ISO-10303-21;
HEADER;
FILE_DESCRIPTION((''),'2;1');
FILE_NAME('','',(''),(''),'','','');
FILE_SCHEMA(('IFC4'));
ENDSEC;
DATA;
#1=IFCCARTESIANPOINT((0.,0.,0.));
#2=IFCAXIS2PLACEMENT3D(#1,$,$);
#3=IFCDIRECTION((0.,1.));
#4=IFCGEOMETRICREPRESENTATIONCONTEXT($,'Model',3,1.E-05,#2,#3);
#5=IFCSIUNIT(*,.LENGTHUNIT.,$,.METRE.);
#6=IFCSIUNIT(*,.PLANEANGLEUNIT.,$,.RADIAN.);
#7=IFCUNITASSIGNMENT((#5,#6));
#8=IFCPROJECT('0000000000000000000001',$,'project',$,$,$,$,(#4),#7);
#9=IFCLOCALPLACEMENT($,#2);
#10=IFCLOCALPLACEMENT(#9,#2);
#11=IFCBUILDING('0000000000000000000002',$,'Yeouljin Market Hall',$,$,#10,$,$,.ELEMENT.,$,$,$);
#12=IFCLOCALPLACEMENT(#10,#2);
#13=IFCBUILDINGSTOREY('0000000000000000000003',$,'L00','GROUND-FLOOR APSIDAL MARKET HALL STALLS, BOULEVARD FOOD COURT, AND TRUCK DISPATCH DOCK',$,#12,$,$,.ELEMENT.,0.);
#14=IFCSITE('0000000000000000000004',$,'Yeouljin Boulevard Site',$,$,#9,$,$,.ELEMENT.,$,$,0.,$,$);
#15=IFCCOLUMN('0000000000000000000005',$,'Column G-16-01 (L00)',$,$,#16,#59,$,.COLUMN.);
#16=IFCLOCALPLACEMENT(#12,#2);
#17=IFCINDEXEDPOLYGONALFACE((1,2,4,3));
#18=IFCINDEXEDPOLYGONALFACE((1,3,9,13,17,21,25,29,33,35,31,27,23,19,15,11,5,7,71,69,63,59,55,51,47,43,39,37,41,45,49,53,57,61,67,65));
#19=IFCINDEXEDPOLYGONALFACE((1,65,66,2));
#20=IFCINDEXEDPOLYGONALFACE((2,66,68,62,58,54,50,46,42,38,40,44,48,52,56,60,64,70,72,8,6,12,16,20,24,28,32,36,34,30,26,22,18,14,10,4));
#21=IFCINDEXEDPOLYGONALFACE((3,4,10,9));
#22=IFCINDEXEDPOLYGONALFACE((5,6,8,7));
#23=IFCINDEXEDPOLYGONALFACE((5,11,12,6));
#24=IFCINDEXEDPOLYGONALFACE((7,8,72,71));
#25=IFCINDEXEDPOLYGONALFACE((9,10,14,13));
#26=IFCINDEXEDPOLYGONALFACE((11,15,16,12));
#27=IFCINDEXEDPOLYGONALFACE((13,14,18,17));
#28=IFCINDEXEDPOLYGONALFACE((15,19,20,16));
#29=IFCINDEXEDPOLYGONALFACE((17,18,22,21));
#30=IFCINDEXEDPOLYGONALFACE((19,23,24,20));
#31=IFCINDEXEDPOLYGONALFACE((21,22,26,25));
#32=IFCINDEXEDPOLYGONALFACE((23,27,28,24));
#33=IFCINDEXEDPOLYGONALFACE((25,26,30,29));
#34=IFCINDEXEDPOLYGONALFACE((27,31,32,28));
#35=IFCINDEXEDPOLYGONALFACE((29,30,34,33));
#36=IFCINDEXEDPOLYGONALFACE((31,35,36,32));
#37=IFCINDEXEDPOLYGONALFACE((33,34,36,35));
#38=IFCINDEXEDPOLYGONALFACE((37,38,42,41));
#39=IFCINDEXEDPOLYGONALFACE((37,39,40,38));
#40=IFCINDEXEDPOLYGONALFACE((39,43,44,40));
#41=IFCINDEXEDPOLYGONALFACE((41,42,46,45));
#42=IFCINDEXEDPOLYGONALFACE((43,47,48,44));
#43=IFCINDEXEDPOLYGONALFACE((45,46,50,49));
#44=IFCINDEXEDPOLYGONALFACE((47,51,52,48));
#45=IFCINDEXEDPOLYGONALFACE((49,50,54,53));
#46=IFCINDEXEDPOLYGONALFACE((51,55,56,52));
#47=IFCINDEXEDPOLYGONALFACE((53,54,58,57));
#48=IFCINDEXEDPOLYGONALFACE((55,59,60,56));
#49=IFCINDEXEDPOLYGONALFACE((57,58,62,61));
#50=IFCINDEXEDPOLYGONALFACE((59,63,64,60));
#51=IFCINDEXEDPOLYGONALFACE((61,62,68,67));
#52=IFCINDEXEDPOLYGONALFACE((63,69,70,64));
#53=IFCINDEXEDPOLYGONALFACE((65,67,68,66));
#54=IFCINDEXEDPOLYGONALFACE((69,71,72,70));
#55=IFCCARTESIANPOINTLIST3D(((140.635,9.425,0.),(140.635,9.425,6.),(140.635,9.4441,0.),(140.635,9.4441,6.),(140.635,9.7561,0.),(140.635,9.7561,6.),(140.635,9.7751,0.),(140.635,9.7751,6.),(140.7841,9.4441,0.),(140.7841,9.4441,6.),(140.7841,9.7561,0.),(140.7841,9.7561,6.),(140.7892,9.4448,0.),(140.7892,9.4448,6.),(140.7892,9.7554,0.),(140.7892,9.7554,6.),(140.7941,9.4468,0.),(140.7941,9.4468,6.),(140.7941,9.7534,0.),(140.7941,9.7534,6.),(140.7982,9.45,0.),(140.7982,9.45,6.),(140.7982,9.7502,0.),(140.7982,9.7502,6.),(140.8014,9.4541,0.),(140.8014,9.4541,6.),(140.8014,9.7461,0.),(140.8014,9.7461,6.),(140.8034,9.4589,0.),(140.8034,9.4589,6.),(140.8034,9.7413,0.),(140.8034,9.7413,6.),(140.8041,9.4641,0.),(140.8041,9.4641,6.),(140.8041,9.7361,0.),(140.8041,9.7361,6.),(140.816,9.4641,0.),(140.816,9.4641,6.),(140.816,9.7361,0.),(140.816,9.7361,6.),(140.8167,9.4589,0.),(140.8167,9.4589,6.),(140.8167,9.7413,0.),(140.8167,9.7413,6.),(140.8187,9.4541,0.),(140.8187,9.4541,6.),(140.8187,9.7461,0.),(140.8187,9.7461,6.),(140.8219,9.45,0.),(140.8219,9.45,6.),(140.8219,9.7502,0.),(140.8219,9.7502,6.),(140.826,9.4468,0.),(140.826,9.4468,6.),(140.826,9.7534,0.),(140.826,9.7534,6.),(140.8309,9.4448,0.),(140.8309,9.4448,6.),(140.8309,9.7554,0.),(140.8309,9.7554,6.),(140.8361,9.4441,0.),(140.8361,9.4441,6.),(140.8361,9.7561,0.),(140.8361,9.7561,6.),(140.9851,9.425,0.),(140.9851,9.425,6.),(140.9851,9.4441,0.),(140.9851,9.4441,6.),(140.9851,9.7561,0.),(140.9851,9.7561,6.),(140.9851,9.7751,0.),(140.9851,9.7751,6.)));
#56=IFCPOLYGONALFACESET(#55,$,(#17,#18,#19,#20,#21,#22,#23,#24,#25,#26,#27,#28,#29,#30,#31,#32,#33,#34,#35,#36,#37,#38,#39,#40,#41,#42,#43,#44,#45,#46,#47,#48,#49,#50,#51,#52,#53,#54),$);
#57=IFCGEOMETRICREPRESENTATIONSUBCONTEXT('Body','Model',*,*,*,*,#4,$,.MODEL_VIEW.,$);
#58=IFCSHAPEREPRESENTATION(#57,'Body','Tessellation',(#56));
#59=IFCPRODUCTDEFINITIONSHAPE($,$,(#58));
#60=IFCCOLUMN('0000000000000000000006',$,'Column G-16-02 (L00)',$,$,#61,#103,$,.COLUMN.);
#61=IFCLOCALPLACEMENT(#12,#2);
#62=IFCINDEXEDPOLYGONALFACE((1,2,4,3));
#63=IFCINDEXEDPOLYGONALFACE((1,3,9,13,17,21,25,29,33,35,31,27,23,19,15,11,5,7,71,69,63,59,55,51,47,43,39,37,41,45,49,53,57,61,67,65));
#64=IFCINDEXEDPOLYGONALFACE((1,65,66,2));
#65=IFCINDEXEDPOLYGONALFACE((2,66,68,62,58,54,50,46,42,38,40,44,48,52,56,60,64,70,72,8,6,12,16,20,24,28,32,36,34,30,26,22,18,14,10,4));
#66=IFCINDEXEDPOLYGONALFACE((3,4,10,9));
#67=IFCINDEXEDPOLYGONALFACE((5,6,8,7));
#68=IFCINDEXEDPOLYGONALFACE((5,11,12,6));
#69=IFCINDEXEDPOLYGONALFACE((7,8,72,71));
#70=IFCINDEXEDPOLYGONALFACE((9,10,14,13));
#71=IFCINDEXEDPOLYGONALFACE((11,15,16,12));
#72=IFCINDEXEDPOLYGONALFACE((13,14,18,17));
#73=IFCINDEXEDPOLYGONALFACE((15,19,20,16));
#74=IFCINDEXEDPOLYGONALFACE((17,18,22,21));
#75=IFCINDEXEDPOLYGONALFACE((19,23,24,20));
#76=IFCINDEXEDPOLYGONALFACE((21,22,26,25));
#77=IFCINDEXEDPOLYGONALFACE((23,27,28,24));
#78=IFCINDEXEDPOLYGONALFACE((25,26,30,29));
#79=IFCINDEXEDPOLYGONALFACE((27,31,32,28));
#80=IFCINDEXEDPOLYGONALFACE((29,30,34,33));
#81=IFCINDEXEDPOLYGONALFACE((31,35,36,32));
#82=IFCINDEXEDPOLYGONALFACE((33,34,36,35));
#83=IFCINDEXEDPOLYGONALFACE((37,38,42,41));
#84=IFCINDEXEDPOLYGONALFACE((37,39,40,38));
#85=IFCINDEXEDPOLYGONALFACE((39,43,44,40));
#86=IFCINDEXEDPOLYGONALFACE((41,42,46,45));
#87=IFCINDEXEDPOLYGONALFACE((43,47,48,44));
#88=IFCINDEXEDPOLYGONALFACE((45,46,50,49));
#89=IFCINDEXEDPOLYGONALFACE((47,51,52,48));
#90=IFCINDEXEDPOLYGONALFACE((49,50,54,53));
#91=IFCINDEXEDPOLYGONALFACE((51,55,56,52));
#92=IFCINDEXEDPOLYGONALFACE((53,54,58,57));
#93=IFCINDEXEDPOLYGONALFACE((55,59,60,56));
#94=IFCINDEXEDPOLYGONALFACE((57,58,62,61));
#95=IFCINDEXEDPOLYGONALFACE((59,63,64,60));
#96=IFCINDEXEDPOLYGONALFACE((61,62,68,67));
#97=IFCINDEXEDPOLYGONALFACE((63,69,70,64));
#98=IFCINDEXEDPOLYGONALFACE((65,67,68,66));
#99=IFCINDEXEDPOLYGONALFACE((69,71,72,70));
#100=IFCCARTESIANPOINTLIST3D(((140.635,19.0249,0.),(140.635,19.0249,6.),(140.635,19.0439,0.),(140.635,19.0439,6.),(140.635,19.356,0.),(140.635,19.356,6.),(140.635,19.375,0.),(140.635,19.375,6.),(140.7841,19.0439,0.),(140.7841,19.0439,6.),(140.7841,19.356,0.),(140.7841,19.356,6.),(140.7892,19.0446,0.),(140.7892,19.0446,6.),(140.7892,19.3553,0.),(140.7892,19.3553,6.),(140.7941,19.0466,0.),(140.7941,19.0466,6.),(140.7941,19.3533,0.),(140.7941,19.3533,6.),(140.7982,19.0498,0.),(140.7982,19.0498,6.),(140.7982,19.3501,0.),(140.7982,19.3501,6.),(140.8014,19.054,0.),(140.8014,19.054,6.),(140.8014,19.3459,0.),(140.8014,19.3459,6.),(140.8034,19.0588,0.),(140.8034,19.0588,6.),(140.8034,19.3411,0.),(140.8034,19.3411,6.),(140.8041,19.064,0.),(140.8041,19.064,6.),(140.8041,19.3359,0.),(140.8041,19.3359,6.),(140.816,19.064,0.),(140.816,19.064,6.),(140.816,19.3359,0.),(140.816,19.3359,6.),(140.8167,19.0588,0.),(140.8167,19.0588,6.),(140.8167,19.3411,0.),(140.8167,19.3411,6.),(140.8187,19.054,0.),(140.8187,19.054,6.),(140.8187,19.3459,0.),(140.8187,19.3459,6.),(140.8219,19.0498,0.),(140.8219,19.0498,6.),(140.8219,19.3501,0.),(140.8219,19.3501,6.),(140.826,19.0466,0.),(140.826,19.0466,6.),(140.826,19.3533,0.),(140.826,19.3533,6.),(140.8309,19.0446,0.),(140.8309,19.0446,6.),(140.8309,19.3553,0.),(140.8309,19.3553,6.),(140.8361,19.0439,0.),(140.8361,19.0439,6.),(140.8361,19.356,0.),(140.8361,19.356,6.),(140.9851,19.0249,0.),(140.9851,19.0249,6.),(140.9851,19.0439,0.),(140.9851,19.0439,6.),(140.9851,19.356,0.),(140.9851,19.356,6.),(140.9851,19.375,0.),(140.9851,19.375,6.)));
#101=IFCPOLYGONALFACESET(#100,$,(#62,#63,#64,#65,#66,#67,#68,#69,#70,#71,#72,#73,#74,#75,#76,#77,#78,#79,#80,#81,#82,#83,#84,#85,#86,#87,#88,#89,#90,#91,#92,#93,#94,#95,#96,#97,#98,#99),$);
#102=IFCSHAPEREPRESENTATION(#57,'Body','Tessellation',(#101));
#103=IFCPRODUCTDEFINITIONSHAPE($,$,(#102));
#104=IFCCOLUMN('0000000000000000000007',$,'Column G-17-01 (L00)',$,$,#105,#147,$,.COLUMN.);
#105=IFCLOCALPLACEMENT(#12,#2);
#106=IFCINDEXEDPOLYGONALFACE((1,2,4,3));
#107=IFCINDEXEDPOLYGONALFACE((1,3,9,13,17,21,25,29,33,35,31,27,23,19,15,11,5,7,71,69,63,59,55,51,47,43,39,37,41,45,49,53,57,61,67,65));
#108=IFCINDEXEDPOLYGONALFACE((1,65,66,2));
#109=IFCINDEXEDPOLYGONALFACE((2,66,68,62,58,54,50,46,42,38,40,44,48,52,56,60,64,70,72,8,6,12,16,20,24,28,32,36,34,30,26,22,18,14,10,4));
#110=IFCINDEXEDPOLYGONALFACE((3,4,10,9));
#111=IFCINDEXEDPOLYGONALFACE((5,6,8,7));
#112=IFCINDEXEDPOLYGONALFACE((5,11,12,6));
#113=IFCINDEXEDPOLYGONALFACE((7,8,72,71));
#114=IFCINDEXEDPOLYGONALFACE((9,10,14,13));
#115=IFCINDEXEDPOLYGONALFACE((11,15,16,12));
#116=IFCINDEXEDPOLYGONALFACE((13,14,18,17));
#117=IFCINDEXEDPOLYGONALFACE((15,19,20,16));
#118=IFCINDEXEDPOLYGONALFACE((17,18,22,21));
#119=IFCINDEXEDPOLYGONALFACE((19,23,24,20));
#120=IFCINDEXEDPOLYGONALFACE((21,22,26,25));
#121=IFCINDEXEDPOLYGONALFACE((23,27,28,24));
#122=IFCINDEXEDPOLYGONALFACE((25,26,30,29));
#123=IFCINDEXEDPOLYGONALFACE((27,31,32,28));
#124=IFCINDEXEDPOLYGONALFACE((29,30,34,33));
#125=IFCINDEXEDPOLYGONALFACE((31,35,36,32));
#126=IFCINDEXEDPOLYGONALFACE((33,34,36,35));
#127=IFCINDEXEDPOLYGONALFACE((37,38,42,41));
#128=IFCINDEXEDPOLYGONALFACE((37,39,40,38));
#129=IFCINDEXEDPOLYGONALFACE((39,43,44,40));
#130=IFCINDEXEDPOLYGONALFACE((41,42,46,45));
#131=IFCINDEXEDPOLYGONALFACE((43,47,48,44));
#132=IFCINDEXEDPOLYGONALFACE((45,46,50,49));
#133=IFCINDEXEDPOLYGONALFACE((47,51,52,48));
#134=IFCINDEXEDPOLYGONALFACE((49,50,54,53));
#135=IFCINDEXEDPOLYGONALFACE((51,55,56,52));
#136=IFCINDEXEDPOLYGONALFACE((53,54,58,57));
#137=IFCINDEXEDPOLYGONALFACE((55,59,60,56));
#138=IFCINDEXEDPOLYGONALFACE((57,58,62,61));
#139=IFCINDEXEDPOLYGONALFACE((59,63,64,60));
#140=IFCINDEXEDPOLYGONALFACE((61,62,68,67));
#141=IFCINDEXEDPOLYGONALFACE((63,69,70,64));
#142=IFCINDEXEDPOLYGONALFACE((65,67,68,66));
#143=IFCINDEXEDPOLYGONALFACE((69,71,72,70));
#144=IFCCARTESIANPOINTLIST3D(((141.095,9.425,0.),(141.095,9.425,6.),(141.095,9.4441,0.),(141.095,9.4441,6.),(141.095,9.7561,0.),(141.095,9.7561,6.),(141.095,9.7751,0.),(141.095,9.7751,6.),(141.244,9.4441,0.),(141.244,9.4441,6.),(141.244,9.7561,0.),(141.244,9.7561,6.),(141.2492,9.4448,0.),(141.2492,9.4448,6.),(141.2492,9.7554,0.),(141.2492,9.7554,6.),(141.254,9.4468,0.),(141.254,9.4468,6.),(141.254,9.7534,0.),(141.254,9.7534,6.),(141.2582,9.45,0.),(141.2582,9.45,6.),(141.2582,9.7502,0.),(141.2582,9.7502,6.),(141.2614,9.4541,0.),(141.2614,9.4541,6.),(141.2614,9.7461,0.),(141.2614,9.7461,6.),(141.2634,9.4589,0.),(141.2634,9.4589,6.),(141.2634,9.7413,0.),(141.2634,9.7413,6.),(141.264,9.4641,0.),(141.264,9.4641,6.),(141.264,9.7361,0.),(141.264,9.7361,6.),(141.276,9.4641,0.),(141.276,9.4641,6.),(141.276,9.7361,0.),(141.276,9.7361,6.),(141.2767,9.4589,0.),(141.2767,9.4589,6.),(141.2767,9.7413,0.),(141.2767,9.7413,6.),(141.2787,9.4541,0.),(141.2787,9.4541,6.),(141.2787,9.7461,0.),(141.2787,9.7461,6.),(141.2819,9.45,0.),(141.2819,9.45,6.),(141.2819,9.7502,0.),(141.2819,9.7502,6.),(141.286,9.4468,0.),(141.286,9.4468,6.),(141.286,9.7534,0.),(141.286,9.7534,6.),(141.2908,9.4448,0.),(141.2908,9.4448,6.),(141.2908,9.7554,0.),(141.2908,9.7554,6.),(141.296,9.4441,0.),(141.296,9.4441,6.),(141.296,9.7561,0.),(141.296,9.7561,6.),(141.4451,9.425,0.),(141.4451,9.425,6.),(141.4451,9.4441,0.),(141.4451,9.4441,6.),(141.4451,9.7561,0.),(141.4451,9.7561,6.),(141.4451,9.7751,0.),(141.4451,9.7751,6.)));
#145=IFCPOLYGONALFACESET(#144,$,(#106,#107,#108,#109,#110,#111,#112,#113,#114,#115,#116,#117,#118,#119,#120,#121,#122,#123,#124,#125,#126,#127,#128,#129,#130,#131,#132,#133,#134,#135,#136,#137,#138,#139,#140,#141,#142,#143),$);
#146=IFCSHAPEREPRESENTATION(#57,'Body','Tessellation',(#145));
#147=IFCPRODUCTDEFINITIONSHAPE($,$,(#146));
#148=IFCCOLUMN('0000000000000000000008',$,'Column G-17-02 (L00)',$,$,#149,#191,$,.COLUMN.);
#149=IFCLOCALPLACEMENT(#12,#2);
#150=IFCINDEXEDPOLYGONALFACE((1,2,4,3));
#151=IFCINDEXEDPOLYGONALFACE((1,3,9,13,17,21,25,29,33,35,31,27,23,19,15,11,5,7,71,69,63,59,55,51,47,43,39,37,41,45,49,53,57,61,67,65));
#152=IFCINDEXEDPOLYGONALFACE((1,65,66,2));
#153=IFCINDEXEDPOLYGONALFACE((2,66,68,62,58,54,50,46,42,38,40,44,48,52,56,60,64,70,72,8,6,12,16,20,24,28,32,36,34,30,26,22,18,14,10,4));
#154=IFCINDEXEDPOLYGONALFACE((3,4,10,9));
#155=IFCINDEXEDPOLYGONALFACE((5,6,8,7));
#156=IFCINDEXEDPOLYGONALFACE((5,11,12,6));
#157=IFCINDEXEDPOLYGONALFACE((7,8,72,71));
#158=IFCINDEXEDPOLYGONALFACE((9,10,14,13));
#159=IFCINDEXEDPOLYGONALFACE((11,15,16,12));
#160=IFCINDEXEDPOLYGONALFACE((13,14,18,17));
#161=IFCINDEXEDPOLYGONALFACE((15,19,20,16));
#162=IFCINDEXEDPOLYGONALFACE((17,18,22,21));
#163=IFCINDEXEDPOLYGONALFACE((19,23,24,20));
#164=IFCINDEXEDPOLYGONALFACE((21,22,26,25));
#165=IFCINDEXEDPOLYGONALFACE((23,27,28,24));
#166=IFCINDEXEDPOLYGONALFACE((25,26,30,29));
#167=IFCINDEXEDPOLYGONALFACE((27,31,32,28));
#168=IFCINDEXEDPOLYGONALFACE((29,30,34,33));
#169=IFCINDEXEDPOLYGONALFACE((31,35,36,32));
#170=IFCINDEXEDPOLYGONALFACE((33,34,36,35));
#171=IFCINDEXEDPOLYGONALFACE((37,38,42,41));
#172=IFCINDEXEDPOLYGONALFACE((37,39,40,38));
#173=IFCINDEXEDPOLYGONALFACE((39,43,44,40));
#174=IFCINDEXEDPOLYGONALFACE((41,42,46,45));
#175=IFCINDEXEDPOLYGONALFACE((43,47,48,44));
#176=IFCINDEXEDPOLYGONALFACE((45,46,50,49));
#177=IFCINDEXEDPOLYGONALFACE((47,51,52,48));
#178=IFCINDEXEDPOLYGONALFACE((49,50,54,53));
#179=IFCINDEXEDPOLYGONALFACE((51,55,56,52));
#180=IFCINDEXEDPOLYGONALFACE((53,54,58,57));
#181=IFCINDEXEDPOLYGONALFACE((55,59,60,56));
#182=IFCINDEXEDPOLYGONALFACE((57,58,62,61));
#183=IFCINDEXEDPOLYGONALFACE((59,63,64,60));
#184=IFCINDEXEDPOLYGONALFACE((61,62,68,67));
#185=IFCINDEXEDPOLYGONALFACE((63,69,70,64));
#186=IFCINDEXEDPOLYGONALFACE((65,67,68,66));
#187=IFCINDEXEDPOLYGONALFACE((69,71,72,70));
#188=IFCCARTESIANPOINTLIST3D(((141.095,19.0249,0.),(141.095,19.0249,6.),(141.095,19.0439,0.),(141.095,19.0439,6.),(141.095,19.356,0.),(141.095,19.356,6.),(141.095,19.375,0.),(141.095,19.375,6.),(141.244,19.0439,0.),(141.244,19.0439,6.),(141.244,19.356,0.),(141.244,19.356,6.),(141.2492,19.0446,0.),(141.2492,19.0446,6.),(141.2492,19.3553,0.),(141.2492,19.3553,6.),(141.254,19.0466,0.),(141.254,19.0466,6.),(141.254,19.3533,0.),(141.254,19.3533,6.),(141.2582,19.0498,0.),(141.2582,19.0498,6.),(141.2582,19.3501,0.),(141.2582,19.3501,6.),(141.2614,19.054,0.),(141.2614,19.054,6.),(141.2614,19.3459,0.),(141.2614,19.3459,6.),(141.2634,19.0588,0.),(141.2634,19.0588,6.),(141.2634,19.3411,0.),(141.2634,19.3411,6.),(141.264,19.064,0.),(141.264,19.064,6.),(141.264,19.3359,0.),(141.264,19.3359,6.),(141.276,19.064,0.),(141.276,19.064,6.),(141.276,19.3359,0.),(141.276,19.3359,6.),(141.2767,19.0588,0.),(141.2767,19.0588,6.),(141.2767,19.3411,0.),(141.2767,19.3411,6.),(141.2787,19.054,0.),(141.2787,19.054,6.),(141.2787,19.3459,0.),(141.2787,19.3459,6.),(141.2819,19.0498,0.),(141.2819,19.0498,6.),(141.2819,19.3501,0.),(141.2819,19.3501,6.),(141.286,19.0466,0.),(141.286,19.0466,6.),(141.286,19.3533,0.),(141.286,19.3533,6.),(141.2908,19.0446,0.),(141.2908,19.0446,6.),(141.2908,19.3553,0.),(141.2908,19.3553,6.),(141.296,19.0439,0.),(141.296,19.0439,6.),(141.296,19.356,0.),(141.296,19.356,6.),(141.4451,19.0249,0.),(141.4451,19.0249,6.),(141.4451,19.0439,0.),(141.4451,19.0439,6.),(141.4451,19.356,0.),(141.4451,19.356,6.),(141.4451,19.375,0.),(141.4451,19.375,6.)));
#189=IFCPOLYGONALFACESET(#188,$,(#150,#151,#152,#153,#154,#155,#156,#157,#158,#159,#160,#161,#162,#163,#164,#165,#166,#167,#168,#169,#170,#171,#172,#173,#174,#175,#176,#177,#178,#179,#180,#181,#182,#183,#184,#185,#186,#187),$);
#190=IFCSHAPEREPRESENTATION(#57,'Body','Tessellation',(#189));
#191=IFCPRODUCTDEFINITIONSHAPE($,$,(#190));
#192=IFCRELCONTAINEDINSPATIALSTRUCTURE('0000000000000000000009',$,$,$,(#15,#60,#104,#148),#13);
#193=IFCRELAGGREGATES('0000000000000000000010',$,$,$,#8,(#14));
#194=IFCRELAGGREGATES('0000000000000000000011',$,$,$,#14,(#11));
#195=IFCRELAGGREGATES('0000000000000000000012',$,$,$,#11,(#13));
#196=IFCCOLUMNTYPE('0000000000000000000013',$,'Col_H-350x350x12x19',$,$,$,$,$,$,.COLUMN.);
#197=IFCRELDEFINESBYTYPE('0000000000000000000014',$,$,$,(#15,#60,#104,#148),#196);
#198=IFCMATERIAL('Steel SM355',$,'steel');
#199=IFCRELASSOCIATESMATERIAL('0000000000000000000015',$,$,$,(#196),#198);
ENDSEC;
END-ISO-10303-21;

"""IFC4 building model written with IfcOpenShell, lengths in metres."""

from ifc_helpers import new_model, si_unit, direction, frame, origin, origin_2d, place, context, subcontext, project, spatial, i_section, extrude, material, material_profile, profile_set, type_object, element, save


model = new_model("IFC4")

# Units and contexts
model_context = context("Model", 3, precision=1e-05, world=origin(), true_north=direction((0.0, 1.0)))
body_context = subcontext(model_context, "Body", "Model", "MODEL_VIEW")
ifc_project = project(units=[si_unit("LENGTHUNIT", "METRE"), si_unit("PLANEANGLEUNIT", "RADIAN")], contexts=[model_context])

# Site, building, storey
site_placement = place(None, origin())
site = spatial("IfcSite", under=ifc_project, at=site_placement, Name="Yeouljin Boulevard Site", CompositionType="ELEMENT", RefElevation=0.0)
building_placement = place(site_placement, origin())
building = spatial("IfcBuilding", under=site, at=building_placement, Name="Yeouljin Market Hall", CompositionType="ELEMENT")
storey_placement = place(building_placement, origin())
storey = spatial("IfcBuildingStorey", under=building, at=storey_placement, Name="L00", Description="GROUND-FLOOR APSIDAL MARKET HALL STALLS, BOULEVARD FOOD COURT, AND TRUCK DISPATCH DOCK", CompositionType="ELEMENT", Elevation=0.0)

# Columns
ifc_material_1 = material(Name="Steel SM355", Category="steel")
ifc_material_profile_1 = material_profile(ifc_material_1, i_section(OverallWidth=0.3501, OverallDepth=0.3501, WebThickness=0.012, FlangeThickness=0.019, FilletRadius=0.02, at=origin_2d()), Name="H-350x350x12x19")
ifc_profile_set_1 = profile_set([ifc_material_profile_1], Name="Steel SM355")
column_type_1 = type_object("IfcColumnType", Name="Col_H-350x350x12x19", PredefinedType="COLUMN", material=ifc_profile_set_1)
for number, where, z_axis, x_axis, name in (
    (1, (140.8101, 9.6001, 0.0), (0.0, 0.0, 1.0), (1.0, 0.0, 0.0), "Column G-16-01 (L00)"),
    (2, (140.8101, 19.2, 0.0), (0.0, 0.0, 1.0), (1.0, 0.0, 0.0), "Column G-16-02 (L00)"),
    (3, (141.27, 9.6001, 0.0), (0.0, 0.0, 1.0), (1.0, 0.0, 0.0), "Column G-17-01 (L00)"),
    (4, (141.27, 19.2, 0.0), (0.0, 0.0, 1.0), (1.0, 0.0, 0.0), "Column G-17-02 (L00)"),
):
    element("IfcColumn", number, at=place(storey_placement, frame(where, z_axis=z_axis, x_axis=x_axis)), inside=storey, type_object=column_type_1, Name=name, PredefinedType="COLUMN", context=body_context, shape_type="SweptSolid", body=[
        extrude(i_section(OverallWidth=0.3501, OverallDepth=0.3501, WebThickness=0.012, FlangeThickness=0.019, FilletRadius=0.02, at=origin_2d()), origin(), (0.0, 0.0, 1.0), 6.0),
    ])

save(model, "model.ifc")
